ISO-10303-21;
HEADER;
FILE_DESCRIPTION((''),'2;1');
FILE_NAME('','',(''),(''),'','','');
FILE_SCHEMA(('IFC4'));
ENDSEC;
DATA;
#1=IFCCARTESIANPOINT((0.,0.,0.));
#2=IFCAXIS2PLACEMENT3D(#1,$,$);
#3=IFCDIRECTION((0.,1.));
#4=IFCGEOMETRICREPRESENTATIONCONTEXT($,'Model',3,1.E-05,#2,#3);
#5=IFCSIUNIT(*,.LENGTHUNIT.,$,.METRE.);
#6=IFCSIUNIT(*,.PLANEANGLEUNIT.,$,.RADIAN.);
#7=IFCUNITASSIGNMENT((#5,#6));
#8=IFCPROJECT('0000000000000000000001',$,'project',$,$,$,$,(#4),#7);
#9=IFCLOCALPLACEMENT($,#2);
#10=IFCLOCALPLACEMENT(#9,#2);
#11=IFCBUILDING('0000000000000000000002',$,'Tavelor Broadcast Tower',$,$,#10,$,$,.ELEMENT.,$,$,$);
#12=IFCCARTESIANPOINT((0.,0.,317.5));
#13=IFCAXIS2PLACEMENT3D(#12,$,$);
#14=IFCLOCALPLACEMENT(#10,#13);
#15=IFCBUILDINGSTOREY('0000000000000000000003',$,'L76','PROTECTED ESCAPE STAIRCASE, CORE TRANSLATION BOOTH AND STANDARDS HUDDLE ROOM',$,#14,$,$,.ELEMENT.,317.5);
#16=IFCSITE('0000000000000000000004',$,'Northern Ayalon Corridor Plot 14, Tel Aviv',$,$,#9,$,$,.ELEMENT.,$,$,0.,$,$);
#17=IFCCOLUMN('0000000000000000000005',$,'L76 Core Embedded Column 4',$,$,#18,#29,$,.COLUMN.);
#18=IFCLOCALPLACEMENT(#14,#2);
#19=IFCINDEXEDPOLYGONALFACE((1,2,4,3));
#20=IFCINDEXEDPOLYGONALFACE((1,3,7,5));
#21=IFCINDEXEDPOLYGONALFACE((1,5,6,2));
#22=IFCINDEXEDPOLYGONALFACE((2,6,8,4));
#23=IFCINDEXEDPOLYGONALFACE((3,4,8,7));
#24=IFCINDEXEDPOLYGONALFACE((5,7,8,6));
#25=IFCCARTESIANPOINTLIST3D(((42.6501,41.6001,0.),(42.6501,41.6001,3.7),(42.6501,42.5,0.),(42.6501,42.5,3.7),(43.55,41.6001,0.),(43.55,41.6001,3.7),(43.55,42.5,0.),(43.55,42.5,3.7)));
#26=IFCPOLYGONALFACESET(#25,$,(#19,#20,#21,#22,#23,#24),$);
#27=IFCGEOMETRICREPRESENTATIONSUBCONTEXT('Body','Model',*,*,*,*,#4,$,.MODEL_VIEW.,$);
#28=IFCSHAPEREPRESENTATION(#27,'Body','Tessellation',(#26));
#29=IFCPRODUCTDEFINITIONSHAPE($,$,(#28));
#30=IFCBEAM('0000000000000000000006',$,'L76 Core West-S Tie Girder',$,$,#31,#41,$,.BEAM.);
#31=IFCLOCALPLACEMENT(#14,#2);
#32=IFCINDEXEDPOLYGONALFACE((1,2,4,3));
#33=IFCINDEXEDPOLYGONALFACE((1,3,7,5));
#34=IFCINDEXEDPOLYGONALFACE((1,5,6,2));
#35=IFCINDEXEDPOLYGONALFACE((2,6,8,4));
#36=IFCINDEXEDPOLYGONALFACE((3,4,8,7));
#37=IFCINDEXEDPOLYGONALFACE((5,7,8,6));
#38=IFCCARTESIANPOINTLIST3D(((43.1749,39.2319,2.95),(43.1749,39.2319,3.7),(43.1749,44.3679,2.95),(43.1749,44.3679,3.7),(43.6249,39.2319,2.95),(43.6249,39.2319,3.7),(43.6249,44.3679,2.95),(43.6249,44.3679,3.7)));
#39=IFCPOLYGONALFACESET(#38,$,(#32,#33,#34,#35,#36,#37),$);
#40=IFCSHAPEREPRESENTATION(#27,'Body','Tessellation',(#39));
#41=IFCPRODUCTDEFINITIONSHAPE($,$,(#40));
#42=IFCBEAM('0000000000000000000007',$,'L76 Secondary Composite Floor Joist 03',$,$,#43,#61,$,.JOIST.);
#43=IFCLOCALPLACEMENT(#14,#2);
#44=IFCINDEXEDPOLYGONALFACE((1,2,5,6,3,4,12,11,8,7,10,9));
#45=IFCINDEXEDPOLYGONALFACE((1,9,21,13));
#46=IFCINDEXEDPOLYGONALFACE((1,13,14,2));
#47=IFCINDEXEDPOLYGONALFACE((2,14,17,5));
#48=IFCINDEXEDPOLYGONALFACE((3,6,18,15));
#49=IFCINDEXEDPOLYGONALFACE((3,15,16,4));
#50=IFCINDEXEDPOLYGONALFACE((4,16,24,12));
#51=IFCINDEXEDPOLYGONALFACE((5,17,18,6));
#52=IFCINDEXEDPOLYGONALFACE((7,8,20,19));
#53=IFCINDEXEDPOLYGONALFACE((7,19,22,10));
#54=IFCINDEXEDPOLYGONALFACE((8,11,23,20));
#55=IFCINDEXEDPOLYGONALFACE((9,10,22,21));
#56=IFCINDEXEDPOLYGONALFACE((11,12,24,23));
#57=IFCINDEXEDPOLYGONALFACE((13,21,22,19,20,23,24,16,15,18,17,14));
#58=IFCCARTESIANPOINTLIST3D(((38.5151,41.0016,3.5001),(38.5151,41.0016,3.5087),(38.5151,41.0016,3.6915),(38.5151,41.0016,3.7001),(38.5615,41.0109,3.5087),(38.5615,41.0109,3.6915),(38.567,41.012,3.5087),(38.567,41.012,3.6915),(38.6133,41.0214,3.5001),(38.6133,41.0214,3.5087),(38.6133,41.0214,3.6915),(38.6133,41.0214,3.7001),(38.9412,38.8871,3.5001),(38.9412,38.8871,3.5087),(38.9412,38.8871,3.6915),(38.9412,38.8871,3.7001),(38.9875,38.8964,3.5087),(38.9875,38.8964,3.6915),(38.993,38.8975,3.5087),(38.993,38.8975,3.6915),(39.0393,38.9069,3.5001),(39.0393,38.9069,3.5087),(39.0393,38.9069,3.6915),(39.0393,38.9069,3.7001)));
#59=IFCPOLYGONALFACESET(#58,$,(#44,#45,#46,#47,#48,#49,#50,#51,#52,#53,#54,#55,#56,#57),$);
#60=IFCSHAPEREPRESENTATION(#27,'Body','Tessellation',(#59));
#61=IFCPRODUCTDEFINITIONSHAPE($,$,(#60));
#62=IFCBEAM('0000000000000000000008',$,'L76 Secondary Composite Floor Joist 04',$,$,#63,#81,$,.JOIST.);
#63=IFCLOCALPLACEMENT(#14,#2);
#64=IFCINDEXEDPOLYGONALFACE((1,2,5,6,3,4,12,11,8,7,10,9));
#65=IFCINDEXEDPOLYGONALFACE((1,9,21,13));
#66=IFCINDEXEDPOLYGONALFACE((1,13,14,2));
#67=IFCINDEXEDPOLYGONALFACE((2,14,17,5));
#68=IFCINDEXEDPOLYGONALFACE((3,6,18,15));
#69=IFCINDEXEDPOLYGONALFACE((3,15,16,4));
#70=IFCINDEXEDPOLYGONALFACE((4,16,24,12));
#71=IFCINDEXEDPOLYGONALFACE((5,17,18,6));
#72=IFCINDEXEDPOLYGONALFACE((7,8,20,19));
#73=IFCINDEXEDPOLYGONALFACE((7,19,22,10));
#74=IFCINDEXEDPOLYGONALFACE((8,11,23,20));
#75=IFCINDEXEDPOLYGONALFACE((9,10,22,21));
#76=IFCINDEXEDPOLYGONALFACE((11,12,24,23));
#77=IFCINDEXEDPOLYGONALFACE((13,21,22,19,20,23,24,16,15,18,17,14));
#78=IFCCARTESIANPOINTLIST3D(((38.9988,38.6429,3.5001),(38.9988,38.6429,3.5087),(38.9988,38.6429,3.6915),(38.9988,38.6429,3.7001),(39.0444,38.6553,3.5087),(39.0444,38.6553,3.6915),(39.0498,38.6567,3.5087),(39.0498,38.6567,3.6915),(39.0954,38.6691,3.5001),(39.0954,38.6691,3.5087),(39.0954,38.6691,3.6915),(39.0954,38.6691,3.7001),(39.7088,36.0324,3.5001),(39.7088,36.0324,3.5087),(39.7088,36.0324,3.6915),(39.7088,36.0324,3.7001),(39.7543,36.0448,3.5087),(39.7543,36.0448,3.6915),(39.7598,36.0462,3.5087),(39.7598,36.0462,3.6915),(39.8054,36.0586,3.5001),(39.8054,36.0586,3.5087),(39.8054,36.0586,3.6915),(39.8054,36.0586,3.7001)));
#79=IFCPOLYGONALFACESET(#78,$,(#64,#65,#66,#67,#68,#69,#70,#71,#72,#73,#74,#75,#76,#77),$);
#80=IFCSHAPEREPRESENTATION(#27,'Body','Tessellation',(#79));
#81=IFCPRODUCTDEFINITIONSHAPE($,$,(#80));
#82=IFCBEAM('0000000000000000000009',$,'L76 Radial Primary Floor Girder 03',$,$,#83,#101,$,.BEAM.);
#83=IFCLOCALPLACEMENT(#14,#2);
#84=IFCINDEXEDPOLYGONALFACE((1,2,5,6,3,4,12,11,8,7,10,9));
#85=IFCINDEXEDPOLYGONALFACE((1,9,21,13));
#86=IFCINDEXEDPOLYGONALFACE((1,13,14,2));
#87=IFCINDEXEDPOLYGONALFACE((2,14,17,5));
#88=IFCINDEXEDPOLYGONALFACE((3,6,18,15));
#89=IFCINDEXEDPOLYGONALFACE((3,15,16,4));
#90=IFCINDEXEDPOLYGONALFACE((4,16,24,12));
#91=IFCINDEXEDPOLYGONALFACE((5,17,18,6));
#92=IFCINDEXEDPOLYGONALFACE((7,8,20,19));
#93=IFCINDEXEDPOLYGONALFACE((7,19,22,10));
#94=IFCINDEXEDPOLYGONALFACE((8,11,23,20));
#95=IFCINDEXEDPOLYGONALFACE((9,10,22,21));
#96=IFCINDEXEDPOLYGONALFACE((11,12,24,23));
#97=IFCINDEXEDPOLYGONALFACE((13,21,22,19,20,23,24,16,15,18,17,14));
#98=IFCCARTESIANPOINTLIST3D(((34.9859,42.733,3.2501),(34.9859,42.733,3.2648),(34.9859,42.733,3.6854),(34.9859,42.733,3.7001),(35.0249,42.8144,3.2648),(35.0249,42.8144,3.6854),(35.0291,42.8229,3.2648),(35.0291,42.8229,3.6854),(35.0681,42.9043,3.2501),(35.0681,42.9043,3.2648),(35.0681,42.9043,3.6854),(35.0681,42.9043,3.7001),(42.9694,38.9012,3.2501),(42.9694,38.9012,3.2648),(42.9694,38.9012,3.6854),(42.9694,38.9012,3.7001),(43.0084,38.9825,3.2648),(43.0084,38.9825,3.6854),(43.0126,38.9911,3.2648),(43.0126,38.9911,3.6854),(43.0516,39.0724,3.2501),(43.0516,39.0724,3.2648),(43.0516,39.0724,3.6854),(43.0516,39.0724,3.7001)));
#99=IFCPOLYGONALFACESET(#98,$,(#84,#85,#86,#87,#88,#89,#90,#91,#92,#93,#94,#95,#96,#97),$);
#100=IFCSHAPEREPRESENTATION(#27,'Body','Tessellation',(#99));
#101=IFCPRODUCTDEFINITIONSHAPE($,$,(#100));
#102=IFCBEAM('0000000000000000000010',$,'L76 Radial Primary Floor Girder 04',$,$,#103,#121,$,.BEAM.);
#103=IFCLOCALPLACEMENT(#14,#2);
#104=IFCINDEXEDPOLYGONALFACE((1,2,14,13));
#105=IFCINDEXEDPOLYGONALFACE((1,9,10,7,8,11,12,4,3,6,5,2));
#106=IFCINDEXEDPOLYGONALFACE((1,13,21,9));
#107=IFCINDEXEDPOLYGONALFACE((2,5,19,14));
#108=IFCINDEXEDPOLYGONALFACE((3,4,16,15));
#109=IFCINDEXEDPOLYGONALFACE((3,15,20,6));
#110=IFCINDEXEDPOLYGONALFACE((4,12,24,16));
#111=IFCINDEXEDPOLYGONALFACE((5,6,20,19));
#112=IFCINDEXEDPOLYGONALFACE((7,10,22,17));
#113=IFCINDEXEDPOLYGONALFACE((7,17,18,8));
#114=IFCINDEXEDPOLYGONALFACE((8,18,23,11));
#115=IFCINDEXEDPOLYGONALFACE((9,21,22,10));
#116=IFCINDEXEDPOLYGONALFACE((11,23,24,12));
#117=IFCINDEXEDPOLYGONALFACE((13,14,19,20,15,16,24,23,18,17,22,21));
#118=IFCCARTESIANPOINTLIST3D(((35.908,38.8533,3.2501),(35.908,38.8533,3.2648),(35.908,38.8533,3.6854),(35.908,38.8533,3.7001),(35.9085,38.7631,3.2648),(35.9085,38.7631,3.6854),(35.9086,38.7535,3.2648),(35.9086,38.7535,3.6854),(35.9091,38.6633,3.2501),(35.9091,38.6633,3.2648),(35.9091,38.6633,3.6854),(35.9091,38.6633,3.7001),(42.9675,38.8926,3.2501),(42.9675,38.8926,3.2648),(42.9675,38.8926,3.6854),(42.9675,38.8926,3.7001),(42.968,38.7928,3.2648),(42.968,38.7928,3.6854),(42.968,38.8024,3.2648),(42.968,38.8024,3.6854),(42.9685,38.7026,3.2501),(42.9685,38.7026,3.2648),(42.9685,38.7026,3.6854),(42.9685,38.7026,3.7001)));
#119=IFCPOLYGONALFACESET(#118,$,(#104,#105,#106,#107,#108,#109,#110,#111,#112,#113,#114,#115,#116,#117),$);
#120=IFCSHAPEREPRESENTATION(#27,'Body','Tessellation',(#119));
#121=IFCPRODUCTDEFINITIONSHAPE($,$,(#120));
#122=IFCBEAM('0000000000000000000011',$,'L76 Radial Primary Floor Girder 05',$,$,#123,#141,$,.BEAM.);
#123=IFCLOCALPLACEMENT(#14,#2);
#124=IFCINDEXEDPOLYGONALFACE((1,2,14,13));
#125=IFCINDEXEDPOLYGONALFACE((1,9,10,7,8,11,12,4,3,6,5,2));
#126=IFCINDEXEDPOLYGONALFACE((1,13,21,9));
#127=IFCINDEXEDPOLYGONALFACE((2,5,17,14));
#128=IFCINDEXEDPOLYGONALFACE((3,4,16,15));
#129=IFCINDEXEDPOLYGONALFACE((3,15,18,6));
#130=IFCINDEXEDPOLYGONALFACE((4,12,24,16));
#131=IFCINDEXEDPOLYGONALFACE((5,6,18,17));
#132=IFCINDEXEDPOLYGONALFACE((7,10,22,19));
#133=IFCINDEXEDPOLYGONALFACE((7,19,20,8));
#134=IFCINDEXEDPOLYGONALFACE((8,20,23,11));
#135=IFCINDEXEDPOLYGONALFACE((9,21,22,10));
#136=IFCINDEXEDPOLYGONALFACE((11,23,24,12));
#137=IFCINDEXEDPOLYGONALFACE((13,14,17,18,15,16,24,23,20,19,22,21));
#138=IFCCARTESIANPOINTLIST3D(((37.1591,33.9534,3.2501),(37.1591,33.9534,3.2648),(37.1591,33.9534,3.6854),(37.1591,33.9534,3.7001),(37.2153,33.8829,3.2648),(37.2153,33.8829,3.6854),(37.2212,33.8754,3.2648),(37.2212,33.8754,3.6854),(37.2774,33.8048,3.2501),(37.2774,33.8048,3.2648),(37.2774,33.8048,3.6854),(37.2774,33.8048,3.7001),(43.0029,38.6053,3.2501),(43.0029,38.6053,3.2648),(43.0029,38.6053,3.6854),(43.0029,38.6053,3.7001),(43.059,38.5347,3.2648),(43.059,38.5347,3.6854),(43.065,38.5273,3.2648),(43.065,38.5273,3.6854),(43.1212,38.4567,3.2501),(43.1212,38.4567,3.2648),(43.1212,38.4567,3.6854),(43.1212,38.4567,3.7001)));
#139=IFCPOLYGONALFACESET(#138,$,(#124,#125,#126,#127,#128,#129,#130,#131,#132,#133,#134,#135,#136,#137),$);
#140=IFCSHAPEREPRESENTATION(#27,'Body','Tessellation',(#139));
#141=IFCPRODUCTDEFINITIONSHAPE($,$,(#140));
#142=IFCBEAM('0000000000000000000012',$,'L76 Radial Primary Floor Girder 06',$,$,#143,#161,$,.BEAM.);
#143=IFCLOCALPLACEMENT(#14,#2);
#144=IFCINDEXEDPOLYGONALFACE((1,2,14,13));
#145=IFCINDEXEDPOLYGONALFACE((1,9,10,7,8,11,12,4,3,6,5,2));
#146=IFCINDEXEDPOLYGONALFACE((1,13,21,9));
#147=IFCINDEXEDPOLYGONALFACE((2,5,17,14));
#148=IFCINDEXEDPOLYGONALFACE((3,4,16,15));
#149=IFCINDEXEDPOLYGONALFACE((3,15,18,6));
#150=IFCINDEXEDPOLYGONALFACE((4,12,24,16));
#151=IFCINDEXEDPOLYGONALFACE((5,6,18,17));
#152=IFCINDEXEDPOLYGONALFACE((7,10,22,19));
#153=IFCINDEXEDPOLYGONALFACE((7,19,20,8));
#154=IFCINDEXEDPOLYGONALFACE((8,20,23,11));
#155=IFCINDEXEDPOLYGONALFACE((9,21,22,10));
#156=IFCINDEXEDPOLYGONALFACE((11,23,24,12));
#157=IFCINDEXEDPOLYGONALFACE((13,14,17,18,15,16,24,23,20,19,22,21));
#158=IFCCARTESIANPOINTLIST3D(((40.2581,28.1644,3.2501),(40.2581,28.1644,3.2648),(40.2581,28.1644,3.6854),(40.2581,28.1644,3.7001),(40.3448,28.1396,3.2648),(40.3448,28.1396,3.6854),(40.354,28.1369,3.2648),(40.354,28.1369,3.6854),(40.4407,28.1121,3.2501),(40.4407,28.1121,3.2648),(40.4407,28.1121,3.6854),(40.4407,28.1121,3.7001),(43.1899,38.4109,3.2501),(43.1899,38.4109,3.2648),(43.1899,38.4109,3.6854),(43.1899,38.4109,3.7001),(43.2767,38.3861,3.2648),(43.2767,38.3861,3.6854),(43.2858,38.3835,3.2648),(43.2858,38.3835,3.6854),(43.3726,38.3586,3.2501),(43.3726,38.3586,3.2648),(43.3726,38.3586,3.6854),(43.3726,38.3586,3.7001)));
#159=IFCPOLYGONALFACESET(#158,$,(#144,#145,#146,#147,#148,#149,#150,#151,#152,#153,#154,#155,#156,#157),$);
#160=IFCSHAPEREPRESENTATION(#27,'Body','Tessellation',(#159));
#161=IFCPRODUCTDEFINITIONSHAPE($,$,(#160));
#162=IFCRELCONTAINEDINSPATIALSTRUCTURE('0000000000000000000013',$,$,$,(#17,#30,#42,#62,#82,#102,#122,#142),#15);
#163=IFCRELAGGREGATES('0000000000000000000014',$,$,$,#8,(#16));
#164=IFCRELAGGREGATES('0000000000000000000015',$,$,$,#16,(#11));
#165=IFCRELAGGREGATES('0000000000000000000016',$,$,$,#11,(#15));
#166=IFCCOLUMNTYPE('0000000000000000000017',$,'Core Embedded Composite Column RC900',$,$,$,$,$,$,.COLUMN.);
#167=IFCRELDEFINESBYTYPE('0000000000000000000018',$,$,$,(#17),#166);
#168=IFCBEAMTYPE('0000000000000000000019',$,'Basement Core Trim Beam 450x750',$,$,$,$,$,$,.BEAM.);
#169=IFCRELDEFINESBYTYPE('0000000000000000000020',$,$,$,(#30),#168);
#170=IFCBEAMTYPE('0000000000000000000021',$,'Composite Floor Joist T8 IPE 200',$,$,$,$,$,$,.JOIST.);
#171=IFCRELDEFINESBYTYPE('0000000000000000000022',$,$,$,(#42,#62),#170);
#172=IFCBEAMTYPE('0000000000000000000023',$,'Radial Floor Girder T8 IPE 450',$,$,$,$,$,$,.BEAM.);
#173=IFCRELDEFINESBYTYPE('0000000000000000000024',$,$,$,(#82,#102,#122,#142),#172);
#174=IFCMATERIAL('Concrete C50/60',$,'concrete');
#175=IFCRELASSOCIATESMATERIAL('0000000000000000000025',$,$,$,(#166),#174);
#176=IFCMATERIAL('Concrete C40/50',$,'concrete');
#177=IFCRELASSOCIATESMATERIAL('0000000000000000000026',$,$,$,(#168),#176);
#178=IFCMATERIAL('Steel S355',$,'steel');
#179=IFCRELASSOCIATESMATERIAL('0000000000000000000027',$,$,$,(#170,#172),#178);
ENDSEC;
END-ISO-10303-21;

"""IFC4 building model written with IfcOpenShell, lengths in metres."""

from ifc_helpers import new_model, si_unit, direction, frame, origin, origin_2d, place, context, subcontext, project, spatial, rectangle, i_section, extrude, material, material_profile, profile_set, type_object, element, save


model = new_model("IFC4")

# Units and contexts
model_context = context("Model", 3, precision=1e-05, world=origin(), true_north=direction((0.0, 1.0)))
body_context = subcontext(model_context, "Body", "Model", "MODEL_VIEW")
ifc_project = project(units=[si_unit("LENGTHUNIT", "METRE"), si_unit("PLANEANGLEUNIT", "RADIAN")], contexts=[model_context])

# Site, building, storey
site_placement = place(None, origin())
site = spatial("IfcSite", under=ifc_project, at=site_placement, Name="Northern Ayalon Corridor Plot 14, Tel Aviv", CompositionType="ELEMENT", RefElevation=0.0)
building_placement = place(site_placement, origin())
building = spatial("IfcBuilding", under=site, at=building_placement, Name="Tavelor Broadcast Tower", CompositionType="ELEMENT")
storey_placement = place(building_placement, frame((0.0, 0.0, 317.5)))
storey = spatial("IfcBuildingStorey", under=building, at=storey_placement, Name="L76", Description="PROTECTED ESCAPE STAIRCASE, CORE TRANSLATION BOOTH AND STANDARDS HUDDLE ROOM", CompositionType="ELEMENT", Elevation=317.5)

# Column
ifc_material_1 = material(Name="Concrete C50/60", Category="concrete")
ifc_material_profile_1 = material_profile(ifc_material_1, rectangle(XDim=0.8999, YDim=0.8999, at=origin_2d()), Name="RC 900x900")
ifc_profile_set_1 = profile_set([ifc_material_profile_1], Name="Concrete C50/60")
column_type = type_object("IfcColumnType", Name="Core Embedded Composite Column RC900", PredefinedType="COLUMN", material=ifc_profile_set_1)
column_placement = place(storey_placement, frame((43.1001, 42.05, 0.0), z_axis=(0.0, 0.0, 1.0), x_axis=(1.0, 0.0, 0.0)))
element("IfcColumn", 1, at=column_placement, inside=storey, type_object=column_type, Name="L76 Core Embedded Column 4", PredefinedType="COLUMN", context=body_context, shape_type="SweptSolid", body=[
    extrude(rectangle(XDim=0.8999, YDim=0.8999, at=origin_2d()), origin(), (0.0, 0.0, 1.0), 3.7),
])

# Beams
ifc_material_2 = material(Name="Concrete C40/50", Category="concrete")
ifc_material_profile_2 = material_profile(ifc_material_2, rectangle(XDim=0.45, YDim=0.75, at=origin_2d()), Name="RC 450x750")
ifc_profile_set_2 = profile_set([ifc_material_profile_2], Name="Concrete C40/50")
beam_type_1 = type_object("IfcBeamType", Name="Basement Core Trim Beam 450x750", PredefinedType="BEAM", material=ifc_profile_set_2)
beam_1_placement = place(storey_placement, frame((43.3999, 39.2319, 3.325), z_axis=(0.0, 1.0, 0.0), x_axis=(-1.0, 0.0, 0.0)))
element("IfcBeam", 2, at=beam_1_placement, inside=storey, type_object=beam_type_1, Name="L76 Core West-S Tie Girder", PredefinedType="BEAM", context=body_context, shape_type="SweptSolid", body=[
    extrude(rectangle(XDim=0.45, YDim=0.75, at=origin_2d()), origin(), (0.0, 0.0, 1.0), 5.136),
])
ifc_material_3 = material(Name="Steel S355", Category="steel")
ifc_material_profile_3 = material_profile(ifc_material_3, i_section(OverallWidth=0.1001, OverallDepth=0.2, WebThickness=0.0056, FlangeThickness=0.0085, at=origin_2d()), Name="IPE 200")
ifc_profile_set_3 = profile_set([ifc_material_profile_3], Name="Steel S355")
beam_type_2 = type_object("IfcBeamType", Name="Composite Floor Joist T8 IPE 200", PredefinedType="JOIST", material=ifc_profile_set_3)
beam_2_placement = place(storey_placement, frame((38.5642, 41.0115, 3.6001), z_axis=(0.197509, -0.980301, 0.0), x_axis=(0.980301, 0.197509, 0.0)))
element("IfcBeam", 3, at=beam_2_placement, inside=storey, type_object=beam_type_2, Name="L76 Secondary Composite Floor Joist 03", PredefinedType="JOIST", context=body_context, shape_type="SweptSolid", body=[
    extrude(i_section(OverallWidth=0.1001, OverallDepth=0.2, WebThickness=0.0056, FlangeThickness=0.0085, at=origin_2d()), origin(), (0.0, 0.0, 1.0), 2.157),
])
beam_3_placement = place(storey_placement, frame((39.0471, 38.656, 3.6001), z_axis=(0.262422, -0.964953, 0.0), x_axis=(0.964953, 0.262422, 0.0)))
element("IfcBeam", 4, at=beam_3_placement, inside=storey, type_object=beam_type_2, Name="L76 Secondary Composite Floor Joist 04", PredefinedType="JOIST", context=body_context, shape_type="SweptSolid", body=[
    extrude(i_section(OverallWidth=0.1001, OverallDepth=0.2, WebThickness=0.0056, FlangeThickness=0.0085, at=origin_2d()), origin(), (0.0, 0.0, 1.0), 2.7053),
])
ifc_material_profile_4 = material_profile(ifc_material_3, i_section(OverallWidth=0.1899, OverallDepth=0.45, WebThickness=0.0095, FlangeThickness=0.0146, at=origin_2d()), Name="IPE 450")
ifc_profile_set_4 = profile_set([ifc_material_profile_4], Name="Steel S355")
beam_type_3 = type_object("IfcBeamType", Name="Radial Floor Girder T8 IPE 450", PredefinedType="BEAM", material=ifc_profile_set_4)
beam_4_placement = place(storey_placement, frame((43.0105, 38.9868, 3.4751), z_axis=(-0.901534, 0.432709, 0.0), x_axis=(-0.432709, -0.901534, 0.0)))
element("IfcBeam", 5, at=beam_4_placement, inside=storey, type_object=beam_type_3, Name="L76 Radial Primary Floor Girder 03", PredefinedType="BEAM", context=body_context, shape_type="SweptSolid", body=[
    extrude(i_section(OverallWidth=0.1899, OverallDepth=0.45, WebThickness=0.0095, FlangeThickness=0.0146, at=origin_2d()), origin(), (0.0, 0.0, 1.0), 8.8555),
])
beam_5_placement = place(storey_placement, frame((42.968, 38.7976, 3.4751), z_axis=(-0.999984, -0.005568, 0.0), x_axis=(0.005568, -0.999984, 0.0)))
element("IfcBeam", 6, at=beam_5_placement, inside=storey, type_object=beam_type_3, Name="L76 Radial Primary Floor Girder 04", PredefinedType="BEAM", context=body_context, shape_type="SweptSolid", body=[
    extrude(i_section(OverallWidth=0.1899, OverallDepth=0.45, WebThickness=0.0095, FlangeThickness=0.0146, at=origin_2d()), origin(), (0.0, 0.0, 1.0), 7.0596),
])
beam_6_placement = place(storey_placement, frame((43.062, 38.531, 3.4751), z_axis=(-0.782378, -0.622804, 0.0), x_axis=(0.622804, -0.782378, 0.0)))
element("IfcBeam", 7, at=beam_6_placement, inside=storey, type_object=beam_type_3, Name="L76 Radial Primary Floor Girder 05", PredefinedType="BEAM", context=body_context, shape_type="SweptSolid", body=[
    extrude(i_section(OverallWidth=0.1899, OverallDepth=0.45, WebThickness=0.0095, FlangeThickness=0.0146, at=origin_2d()), origin(), (0.0, 0.0, 1.0), 7.4692),
])
beam_7_placement = place(storey_placement, frame((43.2812, 38.3848, 3.4751), z_axis=(-0.275093, -0.961418, 0.0), x_axis=(0.961418, -0.275093, 0.0)))
element("IfcBeam", 8, at=beam_7_placement, inside=storey, type_object=beam_type_3, Name="L76 Radial Primary Floor Girder 06", PredefinedType="BEAM", context=body_context, shape_type="SweptSolid", body=[
    extrude(i_section(OverallWidth=0.1899, OverallDepth=0.45, WebThickness=0.0095, FlangeThickness=0.0146, at=origin_2d()), origin(), (0.0, 0.0, 1.0), 10.6577),
])

save(model, "model.ifc")
